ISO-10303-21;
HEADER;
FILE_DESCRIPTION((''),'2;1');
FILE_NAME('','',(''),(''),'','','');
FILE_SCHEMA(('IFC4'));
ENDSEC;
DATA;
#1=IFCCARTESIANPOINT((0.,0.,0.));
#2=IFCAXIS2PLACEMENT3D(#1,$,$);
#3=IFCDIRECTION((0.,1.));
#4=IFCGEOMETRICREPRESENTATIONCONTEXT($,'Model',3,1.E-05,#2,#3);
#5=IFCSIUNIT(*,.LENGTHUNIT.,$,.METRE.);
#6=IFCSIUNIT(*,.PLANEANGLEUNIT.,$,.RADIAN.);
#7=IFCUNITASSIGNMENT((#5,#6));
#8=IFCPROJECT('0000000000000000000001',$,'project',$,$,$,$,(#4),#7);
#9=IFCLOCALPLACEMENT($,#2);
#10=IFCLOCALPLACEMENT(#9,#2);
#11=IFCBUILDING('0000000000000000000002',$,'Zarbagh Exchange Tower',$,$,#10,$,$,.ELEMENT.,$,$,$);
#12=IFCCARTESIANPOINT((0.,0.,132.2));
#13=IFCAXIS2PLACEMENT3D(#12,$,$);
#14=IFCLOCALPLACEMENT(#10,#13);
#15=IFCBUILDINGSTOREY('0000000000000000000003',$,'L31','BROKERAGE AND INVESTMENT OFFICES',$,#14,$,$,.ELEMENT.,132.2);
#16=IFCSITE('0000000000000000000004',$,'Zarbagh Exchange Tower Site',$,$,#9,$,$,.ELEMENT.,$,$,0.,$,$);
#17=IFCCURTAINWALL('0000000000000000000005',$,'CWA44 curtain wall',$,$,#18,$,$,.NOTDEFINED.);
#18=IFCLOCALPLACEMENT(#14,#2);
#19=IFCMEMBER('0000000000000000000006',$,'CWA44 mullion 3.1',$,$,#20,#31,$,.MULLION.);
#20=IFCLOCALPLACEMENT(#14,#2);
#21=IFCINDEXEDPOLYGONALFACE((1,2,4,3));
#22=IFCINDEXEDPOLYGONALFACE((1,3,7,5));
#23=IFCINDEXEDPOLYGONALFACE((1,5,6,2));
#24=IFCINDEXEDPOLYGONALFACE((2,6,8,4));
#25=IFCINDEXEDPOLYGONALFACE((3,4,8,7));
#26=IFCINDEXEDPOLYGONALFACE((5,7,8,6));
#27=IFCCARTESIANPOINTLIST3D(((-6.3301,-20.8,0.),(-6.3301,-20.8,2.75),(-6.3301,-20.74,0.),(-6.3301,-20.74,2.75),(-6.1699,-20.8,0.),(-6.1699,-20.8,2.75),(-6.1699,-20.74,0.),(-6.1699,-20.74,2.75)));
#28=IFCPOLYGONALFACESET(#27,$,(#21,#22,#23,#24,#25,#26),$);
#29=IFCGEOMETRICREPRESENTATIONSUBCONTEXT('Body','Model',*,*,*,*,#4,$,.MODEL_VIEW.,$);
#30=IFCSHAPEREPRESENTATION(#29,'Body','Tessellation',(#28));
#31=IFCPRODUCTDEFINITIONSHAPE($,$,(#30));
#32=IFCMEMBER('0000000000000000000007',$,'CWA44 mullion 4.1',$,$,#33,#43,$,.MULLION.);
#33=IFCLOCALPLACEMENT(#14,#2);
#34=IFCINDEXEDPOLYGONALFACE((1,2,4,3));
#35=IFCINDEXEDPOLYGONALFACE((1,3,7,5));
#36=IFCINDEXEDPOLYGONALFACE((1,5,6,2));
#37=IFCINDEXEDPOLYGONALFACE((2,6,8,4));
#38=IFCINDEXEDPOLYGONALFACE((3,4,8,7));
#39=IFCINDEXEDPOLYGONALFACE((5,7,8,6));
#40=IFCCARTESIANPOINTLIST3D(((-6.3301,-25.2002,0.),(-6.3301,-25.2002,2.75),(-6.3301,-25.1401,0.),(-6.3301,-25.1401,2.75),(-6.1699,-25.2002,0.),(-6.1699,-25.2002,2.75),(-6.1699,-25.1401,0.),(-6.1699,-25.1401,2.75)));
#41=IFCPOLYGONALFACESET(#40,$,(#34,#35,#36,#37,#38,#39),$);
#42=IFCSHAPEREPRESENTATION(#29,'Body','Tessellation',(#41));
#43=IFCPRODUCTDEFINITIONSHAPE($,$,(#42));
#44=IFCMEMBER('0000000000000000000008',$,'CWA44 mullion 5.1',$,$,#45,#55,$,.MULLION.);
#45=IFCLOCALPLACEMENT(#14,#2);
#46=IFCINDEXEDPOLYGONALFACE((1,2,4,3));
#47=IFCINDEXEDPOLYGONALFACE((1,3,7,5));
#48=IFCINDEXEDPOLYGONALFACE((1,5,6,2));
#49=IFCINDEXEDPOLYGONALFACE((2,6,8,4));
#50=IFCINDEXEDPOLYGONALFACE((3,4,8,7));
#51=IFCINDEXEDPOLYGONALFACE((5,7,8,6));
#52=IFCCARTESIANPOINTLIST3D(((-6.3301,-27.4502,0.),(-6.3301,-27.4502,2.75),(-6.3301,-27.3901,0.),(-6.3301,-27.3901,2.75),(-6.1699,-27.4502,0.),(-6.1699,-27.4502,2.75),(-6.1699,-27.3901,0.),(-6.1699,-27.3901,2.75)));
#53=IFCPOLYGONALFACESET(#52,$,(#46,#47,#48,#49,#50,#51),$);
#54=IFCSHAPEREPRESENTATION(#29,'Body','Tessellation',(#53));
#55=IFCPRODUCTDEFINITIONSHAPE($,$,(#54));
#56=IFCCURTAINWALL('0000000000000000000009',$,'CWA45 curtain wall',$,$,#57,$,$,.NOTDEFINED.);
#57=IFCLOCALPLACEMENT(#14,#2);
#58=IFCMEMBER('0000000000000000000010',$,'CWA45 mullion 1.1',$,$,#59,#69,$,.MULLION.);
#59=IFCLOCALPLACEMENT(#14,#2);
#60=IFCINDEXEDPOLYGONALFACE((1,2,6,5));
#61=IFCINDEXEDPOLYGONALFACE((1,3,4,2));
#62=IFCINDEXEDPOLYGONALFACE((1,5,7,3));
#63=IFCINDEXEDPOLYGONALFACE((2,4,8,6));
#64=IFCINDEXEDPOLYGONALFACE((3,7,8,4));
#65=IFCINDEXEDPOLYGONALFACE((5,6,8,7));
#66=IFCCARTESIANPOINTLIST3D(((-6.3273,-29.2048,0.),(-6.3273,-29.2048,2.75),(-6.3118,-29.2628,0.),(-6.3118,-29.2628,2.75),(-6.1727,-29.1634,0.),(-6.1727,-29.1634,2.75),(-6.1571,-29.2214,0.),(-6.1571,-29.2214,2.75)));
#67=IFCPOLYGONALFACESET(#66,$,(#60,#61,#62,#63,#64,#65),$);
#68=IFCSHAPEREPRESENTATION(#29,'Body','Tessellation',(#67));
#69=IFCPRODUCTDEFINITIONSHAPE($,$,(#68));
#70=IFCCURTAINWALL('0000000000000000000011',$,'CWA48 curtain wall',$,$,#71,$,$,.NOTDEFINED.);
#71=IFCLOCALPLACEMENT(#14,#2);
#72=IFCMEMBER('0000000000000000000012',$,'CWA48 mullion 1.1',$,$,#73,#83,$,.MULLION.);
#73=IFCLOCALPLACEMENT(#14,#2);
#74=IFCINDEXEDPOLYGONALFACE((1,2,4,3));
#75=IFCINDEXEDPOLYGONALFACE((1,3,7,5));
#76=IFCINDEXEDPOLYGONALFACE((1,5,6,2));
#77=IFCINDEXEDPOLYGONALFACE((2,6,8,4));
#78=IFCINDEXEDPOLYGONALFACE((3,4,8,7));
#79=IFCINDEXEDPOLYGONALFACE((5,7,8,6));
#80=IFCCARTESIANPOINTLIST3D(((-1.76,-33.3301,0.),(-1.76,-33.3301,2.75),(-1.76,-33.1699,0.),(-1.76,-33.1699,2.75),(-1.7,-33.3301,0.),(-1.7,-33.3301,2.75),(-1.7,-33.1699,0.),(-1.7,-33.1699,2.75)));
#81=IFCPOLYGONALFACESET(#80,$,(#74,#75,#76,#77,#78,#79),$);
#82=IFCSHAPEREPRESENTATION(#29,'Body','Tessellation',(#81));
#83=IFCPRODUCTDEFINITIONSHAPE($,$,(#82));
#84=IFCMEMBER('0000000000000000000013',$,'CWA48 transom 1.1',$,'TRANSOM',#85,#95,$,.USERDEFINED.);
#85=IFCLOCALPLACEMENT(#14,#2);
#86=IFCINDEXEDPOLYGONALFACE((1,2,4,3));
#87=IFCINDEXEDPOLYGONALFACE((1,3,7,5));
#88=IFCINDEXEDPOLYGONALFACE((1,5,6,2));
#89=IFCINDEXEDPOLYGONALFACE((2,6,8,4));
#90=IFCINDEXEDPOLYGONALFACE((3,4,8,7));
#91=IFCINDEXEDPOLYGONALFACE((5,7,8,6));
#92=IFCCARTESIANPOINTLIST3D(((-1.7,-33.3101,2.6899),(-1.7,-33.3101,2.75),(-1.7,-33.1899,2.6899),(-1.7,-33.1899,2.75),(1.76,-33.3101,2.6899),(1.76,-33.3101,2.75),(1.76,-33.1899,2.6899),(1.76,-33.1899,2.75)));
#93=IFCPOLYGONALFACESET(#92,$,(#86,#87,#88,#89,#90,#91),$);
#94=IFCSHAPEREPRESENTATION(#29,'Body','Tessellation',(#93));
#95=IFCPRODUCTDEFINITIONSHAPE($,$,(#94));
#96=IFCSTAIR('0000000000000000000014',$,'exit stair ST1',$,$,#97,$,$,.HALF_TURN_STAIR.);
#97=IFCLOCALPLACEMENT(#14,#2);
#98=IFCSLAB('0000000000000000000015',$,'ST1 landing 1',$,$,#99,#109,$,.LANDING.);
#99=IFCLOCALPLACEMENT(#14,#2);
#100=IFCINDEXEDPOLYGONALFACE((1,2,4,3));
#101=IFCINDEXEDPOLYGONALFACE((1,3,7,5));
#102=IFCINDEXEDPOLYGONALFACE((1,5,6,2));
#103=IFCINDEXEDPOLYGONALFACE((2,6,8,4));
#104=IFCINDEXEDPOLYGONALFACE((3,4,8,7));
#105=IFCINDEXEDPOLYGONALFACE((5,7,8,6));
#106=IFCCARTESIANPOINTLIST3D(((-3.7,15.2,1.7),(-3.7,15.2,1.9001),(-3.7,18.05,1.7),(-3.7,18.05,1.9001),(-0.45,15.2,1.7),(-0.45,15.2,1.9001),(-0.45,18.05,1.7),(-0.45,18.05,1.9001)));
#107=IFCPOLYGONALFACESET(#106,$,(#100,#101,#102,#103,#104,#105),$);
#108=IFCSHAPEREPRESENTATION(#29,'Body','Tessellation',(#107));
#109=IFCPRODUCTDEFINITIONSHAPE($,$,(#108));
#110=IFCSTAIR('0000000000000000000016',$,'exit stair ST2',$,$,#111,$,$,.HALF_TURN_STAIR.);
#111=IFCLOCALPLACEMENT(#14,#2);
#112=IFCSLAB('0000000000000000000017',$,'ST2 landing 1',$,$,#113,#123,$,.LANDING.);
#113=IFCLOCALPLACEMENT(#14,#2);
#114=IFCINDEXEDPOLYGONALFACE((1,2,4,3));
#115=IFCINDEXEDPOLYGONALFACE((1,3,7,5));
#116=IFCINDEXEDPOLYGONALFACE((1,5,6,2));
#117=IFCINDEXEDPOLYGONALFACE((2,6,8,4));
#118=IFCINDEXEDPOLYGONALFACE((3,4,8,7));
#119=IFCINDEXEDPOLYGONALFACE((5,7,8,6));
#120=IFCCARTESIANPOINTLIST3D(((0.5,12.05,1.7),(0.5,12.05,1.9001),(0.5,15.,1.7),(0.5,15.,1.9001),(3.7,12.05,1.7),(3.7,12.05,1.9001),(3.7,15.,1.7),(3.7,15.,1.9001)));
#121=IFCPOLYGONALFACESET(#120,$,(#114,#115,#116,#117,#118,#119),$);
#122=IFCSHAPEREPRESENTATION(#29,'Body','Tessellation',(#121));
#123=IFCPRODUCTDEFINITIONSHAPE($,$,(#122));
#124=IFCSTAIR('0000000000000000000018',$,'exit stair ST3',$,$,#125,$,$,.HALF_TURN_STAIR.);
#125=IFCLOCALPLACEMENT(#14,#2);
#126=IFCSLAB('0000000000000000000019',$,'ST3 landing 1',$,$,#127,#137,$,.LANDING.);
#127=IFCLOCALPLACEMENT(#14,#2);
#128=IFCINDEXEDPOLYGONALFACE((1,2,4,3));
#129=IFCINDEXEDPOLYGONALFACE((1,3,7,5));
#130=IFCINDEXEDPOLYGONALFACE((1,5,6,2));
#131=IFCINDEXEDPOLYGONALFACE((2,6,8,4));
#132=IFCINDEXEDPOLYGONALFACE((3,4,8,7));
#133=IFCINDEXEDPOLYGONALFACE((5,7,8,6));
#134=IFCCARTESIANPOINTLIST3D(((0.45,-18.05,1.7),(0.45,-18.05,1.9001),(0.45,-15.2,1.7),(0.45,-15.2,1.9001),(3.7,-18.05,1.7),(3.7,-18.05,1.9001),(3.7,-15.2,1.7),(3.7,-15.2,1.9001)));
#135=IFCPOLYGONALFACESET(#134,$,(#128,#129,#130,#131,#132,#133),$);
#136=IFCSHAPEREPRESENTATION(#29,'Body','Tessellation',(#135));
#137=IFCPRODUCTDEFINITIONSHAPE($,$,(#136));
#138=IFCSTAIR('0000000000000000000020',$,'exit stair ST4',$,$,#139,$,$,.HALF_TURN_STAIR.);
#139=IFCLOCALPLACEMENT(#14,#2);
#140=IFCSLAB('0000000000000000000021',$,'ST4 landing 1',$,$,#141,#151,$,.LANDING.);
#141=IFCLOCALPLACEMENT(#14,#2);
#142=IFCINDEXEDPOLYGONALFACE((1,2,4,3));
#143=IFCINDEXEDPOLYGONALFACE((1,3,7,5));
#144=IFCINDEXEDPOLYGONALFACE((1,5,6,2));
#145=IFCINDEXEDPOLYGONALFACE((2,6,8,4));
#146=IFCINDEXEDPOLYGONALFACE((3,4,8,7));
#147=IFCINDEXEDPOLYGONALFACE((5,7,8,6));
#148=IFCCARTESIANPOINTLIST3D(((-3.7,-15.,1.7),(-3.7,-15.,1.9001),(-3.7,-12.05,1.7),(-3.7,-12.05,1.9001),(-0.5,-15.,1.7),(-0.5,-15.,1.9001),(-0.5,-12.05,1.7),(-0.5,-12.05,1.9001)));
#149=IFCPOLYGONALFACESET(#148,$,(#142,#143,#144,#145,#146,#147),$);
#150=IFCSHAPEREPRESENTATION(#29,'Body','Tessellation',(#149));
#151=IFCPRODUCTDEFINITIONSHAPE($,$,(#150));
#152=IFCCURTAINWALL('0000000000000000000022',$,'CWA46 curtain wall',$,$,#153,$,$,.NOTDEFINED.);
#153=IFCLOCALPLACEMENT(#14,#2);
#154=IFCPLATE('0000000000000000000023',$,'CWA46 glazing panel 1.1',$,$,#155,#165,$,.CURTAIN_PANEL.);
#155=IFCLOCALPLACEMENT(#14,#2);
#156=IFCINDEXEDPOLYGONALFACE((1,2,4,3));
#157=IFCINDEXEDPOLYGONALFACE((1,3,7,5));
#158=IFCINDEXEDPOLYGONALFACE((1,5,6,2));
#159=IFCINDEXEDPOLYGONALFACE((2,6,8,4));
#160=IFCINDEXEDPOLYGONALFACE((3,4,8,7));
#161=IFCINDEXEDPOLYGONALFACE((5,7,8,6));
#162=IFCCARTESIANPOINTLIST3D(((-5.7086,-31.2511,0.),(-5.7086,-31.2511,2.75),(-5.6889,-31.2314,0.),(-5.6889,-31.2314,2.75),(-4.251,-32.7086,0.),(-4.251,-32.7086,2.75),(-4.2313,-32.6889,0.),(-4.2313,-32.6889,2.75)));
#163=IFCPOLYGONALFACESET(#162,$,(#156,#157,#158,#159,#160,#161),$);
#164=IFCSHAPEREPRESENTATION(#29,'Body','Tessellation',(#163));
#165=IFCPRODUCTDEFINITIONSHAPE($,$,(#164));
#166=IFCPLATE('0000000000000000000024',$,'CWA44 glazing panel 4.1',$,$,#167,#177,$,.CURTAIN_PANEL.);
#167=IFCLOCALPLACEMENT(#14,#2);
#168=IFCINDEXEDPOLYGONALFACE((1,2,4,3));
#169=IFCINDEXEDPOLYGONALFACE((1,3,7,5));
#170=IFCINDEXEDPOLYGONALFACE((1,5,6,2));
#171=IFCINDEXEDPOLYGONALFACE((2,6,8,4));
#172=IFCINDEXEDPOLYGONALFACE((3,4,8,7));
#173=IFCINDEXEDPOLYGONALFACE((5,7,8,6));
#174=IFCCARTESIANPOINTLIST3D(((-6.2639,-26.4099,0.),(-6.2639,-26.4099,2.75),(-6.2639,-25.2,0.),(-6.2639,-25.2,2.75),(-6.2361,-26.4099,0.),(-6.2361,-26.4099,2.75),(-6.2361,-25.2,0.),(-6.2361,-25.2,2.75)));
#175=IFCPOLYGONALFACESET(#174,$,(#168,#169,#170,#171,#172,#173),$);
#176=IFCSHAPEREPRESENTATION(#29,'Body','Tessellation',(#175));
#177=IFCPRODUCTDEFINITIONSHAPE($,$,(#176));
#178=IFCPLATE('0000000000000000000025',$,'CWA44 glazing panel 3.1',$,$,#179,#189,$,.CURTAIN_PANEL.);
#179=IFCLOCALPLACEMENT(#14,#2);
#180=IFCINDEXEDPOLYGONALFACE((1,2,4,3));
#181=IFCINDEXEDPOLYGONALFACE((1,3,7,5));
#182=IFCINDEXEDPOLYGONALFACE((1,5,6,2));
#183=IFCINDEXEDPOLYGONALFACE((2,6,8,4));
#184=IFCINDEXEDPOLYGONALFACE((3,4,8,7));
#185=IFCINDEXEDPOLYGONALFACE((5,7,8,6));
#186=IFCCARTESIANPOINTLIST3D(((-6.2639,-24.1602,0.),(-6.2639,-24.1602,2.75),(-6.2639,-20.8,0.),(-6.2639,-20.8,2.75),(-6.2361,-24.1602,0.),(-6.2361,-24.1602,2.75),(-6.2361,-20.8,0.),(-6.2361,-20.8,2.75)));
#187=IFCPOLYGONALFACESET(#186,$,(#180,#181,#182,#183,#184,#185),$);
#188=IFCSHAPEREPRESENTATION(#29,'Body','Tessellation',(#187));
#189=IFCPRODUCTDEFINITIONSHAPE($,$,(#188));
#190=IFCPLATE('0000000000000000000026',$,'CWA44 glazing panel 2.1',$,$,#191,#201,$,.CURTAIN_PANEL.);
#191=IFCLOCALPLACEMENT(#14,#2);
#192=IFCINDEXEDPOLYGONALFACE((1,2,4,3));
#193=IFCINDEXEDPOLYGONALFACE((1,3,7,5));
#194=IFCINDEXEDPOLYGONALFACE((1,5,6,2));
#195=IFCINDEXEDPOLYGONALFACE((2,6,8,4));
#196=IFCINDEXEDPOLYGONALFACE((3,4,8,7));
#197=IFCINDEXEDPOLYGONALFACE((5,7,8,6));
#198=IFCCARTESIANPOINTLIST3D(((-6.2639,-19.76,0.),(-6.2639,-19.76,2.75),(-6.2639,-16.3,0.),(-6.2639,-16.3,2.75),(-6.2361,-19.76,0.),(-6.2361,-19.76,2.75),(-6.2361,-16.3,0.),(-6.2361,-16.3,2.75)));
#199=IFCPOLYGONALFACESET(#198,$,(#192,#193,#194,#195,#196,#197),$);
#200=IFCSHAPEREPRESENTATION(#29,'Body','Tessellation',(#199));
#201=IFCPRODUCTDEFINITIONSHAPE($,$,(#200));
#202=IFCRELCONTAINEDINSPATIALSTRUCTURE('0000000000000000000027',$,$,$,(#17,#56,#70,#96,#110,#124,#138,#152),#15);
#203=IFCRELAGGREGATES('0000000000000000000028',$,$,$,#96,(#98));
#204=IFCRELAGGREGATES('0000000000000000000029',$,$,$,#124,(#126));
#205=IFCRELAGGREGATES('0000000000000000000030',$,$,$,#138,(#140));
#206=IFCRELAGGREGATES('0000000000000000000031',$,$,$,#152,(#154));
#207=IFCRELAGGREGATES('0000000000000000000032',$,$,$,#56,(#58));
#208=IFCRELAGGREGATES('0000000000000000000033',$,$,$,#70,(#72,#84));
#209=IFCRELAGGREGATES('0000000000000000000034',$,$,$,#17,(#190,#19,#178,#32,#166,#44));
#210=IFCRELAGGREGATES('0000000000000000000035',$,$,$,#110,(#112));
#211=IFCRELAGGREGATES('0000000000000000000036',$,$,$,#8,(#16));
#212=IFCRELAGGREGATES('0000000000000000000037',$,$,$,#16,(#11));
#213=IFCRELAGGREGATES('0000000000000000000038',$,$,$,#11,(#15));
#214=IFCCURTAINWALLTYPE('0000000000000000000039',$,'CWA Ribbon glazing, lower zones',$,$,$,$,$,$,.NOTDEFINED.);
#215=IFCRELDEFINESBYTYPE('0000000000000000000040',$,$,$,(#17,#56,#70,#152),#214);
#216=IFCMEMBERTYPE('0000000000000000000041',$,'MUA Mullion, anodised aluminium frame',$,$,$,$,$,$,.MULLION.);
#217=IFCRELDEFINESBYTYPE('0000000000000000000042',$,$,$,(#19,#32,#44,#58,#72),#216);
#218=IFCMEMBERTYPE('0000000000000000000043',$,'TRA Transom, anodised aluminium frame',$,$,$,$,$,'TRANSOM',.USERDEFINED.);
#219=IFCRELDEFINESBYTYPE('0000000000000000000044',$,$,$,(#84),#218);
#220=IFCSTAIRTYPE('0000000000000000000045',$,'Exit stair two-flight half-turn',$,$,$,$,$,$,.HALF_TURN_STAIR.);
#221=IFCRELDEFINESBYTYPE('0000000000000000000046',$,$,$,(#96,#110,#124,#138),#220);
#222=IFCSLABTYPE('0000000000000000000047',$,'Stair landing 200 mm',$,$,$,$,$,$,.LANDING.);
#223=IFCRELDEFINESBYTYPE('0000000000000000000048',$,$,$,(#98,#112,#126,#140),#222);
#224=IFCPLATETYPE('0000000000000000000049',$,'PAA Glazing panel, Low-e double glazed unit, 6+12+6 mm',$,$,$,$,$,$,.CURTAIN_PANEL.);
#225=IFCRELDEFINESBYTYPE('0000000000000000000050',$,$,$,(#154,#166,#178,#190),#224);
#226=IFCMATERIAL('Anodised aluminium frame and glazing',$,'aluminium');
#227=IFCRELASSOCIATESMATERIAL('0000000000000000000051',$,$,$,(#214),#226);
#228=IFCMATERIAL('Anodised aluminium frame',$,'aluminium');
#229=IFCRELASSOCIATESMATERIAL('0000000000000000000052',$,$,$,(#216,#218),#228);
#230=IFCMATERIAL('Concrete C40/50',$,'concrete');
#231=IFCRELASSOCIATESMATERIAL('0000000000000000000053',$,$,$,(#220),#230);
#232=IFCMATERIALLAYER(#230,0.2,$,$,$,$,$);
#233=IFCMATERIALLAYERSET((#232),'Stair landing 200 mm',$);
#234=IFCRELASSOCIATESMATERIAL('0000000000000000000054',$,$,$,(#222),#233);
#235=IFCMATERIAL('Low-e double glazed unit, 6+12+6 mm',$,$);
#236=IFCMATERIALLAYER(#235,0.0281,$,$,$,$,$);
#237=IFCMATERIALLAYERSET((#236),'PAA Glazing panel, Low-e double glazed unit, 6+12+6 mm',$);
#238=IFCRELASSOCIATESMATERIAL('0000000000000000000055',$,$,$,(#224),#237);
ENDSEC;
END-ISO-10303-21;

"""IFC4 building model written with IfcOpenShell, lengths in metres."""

from ifc_helpers import new_model, si_unit, direction, frame, origin, place, context, subcontext, project, spatial, polyline, outline, extrude, source, transform, mapped, material, layer, layer_set, type_object, element, aggregate, save


model = new_model("IFC4")

# Units and contexts
model_context = context("Model", 3, precision=1e-05, world=origin(), true_north=direction((0.0, 1.0)))
body_context = subcontext(model_context, "Body", "Model", "MODEL_VIEW")
ifc_project = project(units=[si_unit("LENGTHUNIT", "METRE"), si_unit("PLANEANGLEUNIT", "RADIAN")], contexts=[model_context])

# Site, building, storey
site_placement = place(None, origin())
site = spatial("IfcSite", under=ifc_project, at=site_placement, Name="Zarbagh Exchange Tower Site", CompositionType="ELEMENT", RefElevation=0.0)
building_placement = place(site_placement, origin())
building = spatial("IfcBuilding", under=site, at=building_placement, Name="Zarbagh Exchange Tower", CompositionType="ELEMENT")
storey_placement = place(building_placement, frame((0.0, 0.0, 132.2)))
storey = spatial("IfcBuildingStorey", under=building, at=storey_placement, Name="L31", Description="BROKERAGE AND INVESTMENT OFFICES", CompositionType="ELEMENT", Elevation=132.2)

# Curtain wall, members
ifc_material_1 = material(Name="Anodised aluminium frame and glazing", Category="aluminium")
curtain_wall_type = type_object("IfcCurtainWallType", Name="CWA Ribbon glazing, lower zones", PredefinedType="NOTDEFINED", material=ifc_material_1)
curtain_wall_1_placement = place(storey_placement, origin())
curtain_wall_1 = element("IfcCurtainWall", 1, at=curtain_wall_1_placement, inside=storey, type_object=curtain_wall_type, Name="CWA44 curtain wall", PredefinedType="NOTDEFINED")
ifc_material_2 = material(Name="Anodised aluminium frame", Category="aluminium")
member_type_1 = type_object("IfcMemberType", Name="MUA Mullion, anodised aluminium frame", PredefinedType="MULLION", material=ifc_material_2)
shared_shape_1 = source(origin(), body_context, "Body", "SweptSolid", [
    extrude(outline(polyline([(0.0, -0.0801), (0.0601, -0.0801), (0.0601, 0.0801), (0.0, 0.0801), (0.0, -0.0801)])), origin(), (0.0, 0.0, 1.0), 2.75),
])
placement = place(storey_placement, origin())
member_1 = element("IfcMember", 2, at=placement, type_object=member_type_1, Name="CWA44 mullion 3.1", PredefinedType="MULLION", context=body_context, shape_type="MappedRepresentation", body=[
    mapped(shared_shape_1, transform((-6.25, -20.74, 0.0), x_axis=(0.0, -1.0, 0.0), y_axis=(1.0, 0.0, 0.0), z_axis=(0.0, 0.0, 1.0))),
])
member_2 = element("IfcMember", 3, at=placement, type_object=member_type_1, Name="CWA44 mullion 4.1", PredefinedType="MULLION", context=body_context, shape_type="MappedRepresentation", body=[
    mapped(shared_shape_1, transform((-6.25, -25.1401, 0.0), x_axis=(0.0, -1.0, 0.0), y_axis=(1.0, 0.0, 0.0), z_axis=(0.0, 0.0, 1.0))),
])
member_3 = element("IfcMember", 4, at=placement, type_object=member_type_1, Name="CWA44 mullion 5.1", PredefinedType="MULLION", context=body_context, shape_type="MappedRepresentation", body=[
    mapped(shared_shape_1, transform((-6.25, -27.3901, 0.0), x_axis=(0.0, -1.0, 0.0), y_axis=(1.0, 0.0, 0.0), z_axis=(0.0, 0.0, 1.0))),
])

# Curtain wall, member
curtain_wall_2_placement = place(storey_placement, origin())
curtain_wall_2 = element("IfcCurtainWall", 5, at=curtain_wall_2_placement, inside=storey, type_object=curtain_wall_type, Name="CWA45 curtain wall", PredefinedType="NOTDEFINED")
member_4 = element("IfcMember", 6, at=placement, type_object=member_type_1, Name="CWA45 mullion 1.1", PredefinedType="MULLION", context=body_context, shape_type="MappedRepresentation", body=[
    mapped(shared_shape_1, transform((-6.25, -29.1841, 0.0), x_axis=(0.258825, -0.965924, 0.0), y_axis=(0.965924, 0.258825, 0.0), z_axis=(0.0, 0.0, 1.0))),
])

# Curtain wall, members
curtain_wall_3_placement = place(storey_placement, origin())
curtain_wall_3 = element("IfcCurtainWall", 7, at=curtain_wall_3_placement, inside=storey, type_object=curtain_wall_type, Name="CWA48 curtain wall", PredefinedType="NOTDEFINED")
member_5 = element("IfcMember", 8, at=placement, type_object=member_type_1, Name="CWA48 mullion 1.1", PredefinedType="MULLION", context=body_context, shape_type="MappedRepresentation", body=[
    mapped(shared_shape_1, transform((-1.76, -33.25, 0.0), x_axis=(1.0, 0.0, 0.0), y_axis=(0.0, 1.0, 0.0), z_axis=(0.0, 0.0, 1.0))),
])
member_type_2 = type_object("IfcMemberType", Name="TRA Transom, anodised aluminium frame", ElementType="TRANSOM", PredefinedType="USERDEFINED", material=ifc_material_2)
shared_shape_2 = source(origin(), body_context, "Body", "SweptSolid", [
    extrude(outline(polyline([(-0.0601, -0.0601), (0.0, -0.0601), (0.0, 0.0601), (-0.0601, 0.0601), (-0.0601, -0.0601)])), origin(), (0.0, 0.0, 1.0), 3.46),
])
member_6 = element("IfcMember", 9, at=placement, type_object=member_type_2, Name="CWA48 transom 1.1", ObjectType="TRANSOM", PredefinedType="USERDEFINED", context=body_context, shape_type="MappedRepresentation", body=[
    mapped(shared_shape_2, transform((-1.7, -33.25, 2.75), x_axis=(0.0, 0.0, 1.0), y_axis=(0.0, -1.0, 0.0), z_axis=(1.0, 0.0, 0.0))),
])

# Stairs, slabs
ifc_material_3 = material(Name="Concrete C40/50", Category="concrete")
stair_type = type_object("IfcStairType", Name="Exit stair two-flight half-turn", PredefinedType="HALF_TURN_STAIR", material=ifc_material_3)
stair_1_placement = place(storey_placement, origin())
stair_1 = element("IfcStair", 10, at=stair_1_placement, inside=storey, type_object=stair_type, Name="exit stair ST1", PredefinedType="HALF_TURN_STAIR")
ifc_layer_1 = layer(ifc_material_3, 0.2)
ifc_layer_set_1 = layer_set([ifc_layer_1], Name="Stair landing 200 mm")
slab_type = type_object("IfcSlabType", Name="Stair landing 200 mm", PredefinedType="LANDING", material=ifc_layer_set_1)
slab_1_placement = place(storey_placement, frame((0.0, 0.0, 1.7)))
slab_1 = element("IfcSlab", 11, at=slab_1_placement, type_object=slab_type, Name="ST1 landing 1", PredefinedType="LANDING", context=body_context, shape_type="SweptSolid", body=[
    extrude(outline(polyline([(-0.45, 18.05), (-3.7, 18.05), (-3.7, 15.2), (-0.45, 15.2), (-0.45, 18.05)])), origin(), (0.0, 0.0, 1.0), 0.2002),
])
aggregate(stair_1, [slab_1])
stair_2_placement = place(storey_placement, origin())
stair_2 = element("IfcStair", 12, at=stair_2_placement, inside=storey, type_object=stair_type, Name="exit stair ST2", PredefinedType="HALF_TURN_STAIR")
slab_2_placement = place(storey_placement, frame((0.0, 0.0, 1.7)))
slab_2 = element("IfcSlab", 13, at=slab_2_placement, type_object=slab_type, Name="ST2 landing 1", PredefinedType="LANDING", context=body_context, shape_type="SweptSolid", body=[
    extrude(outline(polyline([(0.5, 12.05), (3.7, 12.05), (3.7, 15.0), (0.5, 15.0), (0.5, 12.05)])), origin(), (0.0, 0.0, 1.0), 0.2002),
])
stair_3_placement = place(storey_placement, origin())
stair_3 = element("IfcStair", 14, at=stair_3_placement, inside=storey, type_object=stair_type, Name="exit stair ST3", PredefinedType="HALF_TURN_STAIR")
slab_3_placement = place(storey_placement, frame((0.0, 0.0, 1.7)))
slab_3 = element("IfcSlab", 15, at=slab_3_placement, type_object=slab_type, Name="ST3 landing 1", PredefinedType="LANDING", context=body_context, shape_type="SweptSolid", body=[
    extrude(outline(polyline([(0.45, -18.05), (3.7, -18.05), (3.7, -15.2), (0.45, -15.2), (0.45, -18.05)])), origin(), (0.0, 0.0, 1.0), 0.2002),
])
aggregate(stair_3, [slab_3])
stair_4_placement = place(storey_placement, origin())
stair_4 = element("IfcStair", 16, at=stair_4_placement, inside=storey, type_object=stair_type, Name="exit stair ST4", PredefinedType="HALF_TURN_STAIR")
slab_4_placement = place(storey_placement, frame((0.0, 0.0, 1.7)))
slab_4 = element("IfcSlab", 17, at=slab_4_placement, type_object=slab_type, Name="ST4 landing 1", PredefinedType="LANDING", context=body_context, shape_type="SweptSolid", body=[
    extrude(outline(polyline([(-0.5, -12.05), (-3.7, -12.05), (-3.7, -15.0), (-0.5, -15.0), (-0.5, -12.05)])), origin(), (0.0, 0.0, 1.0), 0.2002),
])
aggregate(stair_4, [slab_4])

# Curtain wall, plate
curtain_wall_4_placement = place(storey_placement, origin())
curtain_wall_4 = element("IfcCurtainWall", 18, at=curtain_wall_4_placement, inside=storey, type_object=curtain_wall_type, Name="CWA46 curtain wall", PredefinedType="NOTDEFINED")
ifc_material_4 = material(Name="Low-e double glazed unit, 6+12+6 mm")
ifc_layer_2 = layer(ifc_material_4, 0.0281)
ifc_layer_set_2 = layer_set([ifc_layer_2], Name="PAA Glazing panel, Low-e double glazed unit, 6+12+6 mm")
plate_type = type_object("IfcPlateType", Name="PAA Glazing panel, Low-e double glazed unit, 6+12+6 mm", PredefinedType="CURTAIN_PANEL", material=ifc_layer_set_2)
shared_shape_3 = source(origin(), body_context, "Body", "SweptSolid", [
    extrude(outline(polyline([(0.0, -0.0139), (2.0613, -0.0139), (2.0613, 0.0139), (0.0, 0.0139), (0.0, -0.0139)])), origin(), (0.0, 0.0, 1.0), 2.75),
])
plate_1 = element("IfcPlate", 19, at=placement, type_object=plate_type, Name="CWA46 glazing panel 1.1", PredefinedType="CURTAIN_PANEL", context=body_context, shape_type="MappedRepresentation", body=[
    mapped(shared_shape_3, transform((-5.6987, -31.2412, 0.0), x_axis=(0.707107, -0.707107, 0.0), y_axis=(0.707107, 0.707107, 0.0), z_axis=(0.0, 0.0, 1.0))),
])
aggregate(curtain_wall_4, [plate_1])

# Plates
shared_shape_4 = source(origin(), body_context, "Body", "SweptSolid", [
    extrude(outline(polyline([(0.0, -0.0139), (1.21, -0.0139), (1.21, 0.0139), (0.0, 0.0139), (0.0, -0.0139)])), origin(), (0.0, 0.0, 1.0), 2.75),
])
plate_2 = element("IfcPlate", 20, at=placement, type_object=plate_type, Name="CWA44 glazing panel 4.1", PredefinedType="CURTAIN_PANEL", context=body_context, shape_type="MappedRepresentation", body=[
    mapped(shared_shape_4, transform((-6.25, -25.2, 0.0), x_axis=(0.0, -1.0, 0.0), y_axis=(1.0, 0.0, 0.0), z_axis=(0.0, 0.0, 1.0))),
])
shared_shape_5 = source(origin(), body_context, "Body", "SweptSolid", [
    extrude(outline(polyline([(0.0, -0.0139), (3.3601, -0.0139), (3.3601, 0.0139), (0.0, 0.0139), (0.0, -0.0139)])), origin(), (0.0, 0.0, 1.0), 2.75),
])
plate_3 = element("IfcPlate", 21, at=placement, type_object=plate_type, Name="CWA44 glazing panel 3.1", PredefinedType="CURTAIN_PANEL", context=body_context, shape_type="MappedRepresentation", body=[
    mapped(shared_shape_5, transform((-6.25, -20.8, 0.0), x_axis=(0.0, -1.0, 0.0), y_axis=(1.0, 0.0, 0.0), z_axis=(0.0, 0.0, 1.0))),
])
shared_shape_6 = source(origin(), body_context, "Body", "SweptSolid", [
    extrude(outline(polyline([(0.0, -0.0139), (3.46, -0.0139), (3.46, 0.0139), (0.0, 0.0139), (0.0, -0.0139)])), origin(), (0.0, 0.0, 1.0), 2.75),
])
plate_4 = element("IfcPlate", 22, at=placement, type_object=plate_type, Name="CWA44 glazing panel 2.1", PredefinedType="CURTAIN_PANEL", context=body_context, shape_type="MappedRepresentation", body=[
    mapped(shared_shape_6, transform((-6.25, -16.3, 0.0), x_axis=(0.0, -1.0, 0.0), y_axis=(1.0, 0.0, 0.0), z_axis=(0.0, 0.0, 1.0))),
])
aggregate(curtain_wall_2, [member_4])

aggregate(curtain_wall_3, [member_5, member_6])
aggregate(curtain_wall_1, [plate_4, member_1, plate_3, member_2, plate_2, member_3])

aggregate(stair_2, [slab_2])

save(model, "model.ifc")
